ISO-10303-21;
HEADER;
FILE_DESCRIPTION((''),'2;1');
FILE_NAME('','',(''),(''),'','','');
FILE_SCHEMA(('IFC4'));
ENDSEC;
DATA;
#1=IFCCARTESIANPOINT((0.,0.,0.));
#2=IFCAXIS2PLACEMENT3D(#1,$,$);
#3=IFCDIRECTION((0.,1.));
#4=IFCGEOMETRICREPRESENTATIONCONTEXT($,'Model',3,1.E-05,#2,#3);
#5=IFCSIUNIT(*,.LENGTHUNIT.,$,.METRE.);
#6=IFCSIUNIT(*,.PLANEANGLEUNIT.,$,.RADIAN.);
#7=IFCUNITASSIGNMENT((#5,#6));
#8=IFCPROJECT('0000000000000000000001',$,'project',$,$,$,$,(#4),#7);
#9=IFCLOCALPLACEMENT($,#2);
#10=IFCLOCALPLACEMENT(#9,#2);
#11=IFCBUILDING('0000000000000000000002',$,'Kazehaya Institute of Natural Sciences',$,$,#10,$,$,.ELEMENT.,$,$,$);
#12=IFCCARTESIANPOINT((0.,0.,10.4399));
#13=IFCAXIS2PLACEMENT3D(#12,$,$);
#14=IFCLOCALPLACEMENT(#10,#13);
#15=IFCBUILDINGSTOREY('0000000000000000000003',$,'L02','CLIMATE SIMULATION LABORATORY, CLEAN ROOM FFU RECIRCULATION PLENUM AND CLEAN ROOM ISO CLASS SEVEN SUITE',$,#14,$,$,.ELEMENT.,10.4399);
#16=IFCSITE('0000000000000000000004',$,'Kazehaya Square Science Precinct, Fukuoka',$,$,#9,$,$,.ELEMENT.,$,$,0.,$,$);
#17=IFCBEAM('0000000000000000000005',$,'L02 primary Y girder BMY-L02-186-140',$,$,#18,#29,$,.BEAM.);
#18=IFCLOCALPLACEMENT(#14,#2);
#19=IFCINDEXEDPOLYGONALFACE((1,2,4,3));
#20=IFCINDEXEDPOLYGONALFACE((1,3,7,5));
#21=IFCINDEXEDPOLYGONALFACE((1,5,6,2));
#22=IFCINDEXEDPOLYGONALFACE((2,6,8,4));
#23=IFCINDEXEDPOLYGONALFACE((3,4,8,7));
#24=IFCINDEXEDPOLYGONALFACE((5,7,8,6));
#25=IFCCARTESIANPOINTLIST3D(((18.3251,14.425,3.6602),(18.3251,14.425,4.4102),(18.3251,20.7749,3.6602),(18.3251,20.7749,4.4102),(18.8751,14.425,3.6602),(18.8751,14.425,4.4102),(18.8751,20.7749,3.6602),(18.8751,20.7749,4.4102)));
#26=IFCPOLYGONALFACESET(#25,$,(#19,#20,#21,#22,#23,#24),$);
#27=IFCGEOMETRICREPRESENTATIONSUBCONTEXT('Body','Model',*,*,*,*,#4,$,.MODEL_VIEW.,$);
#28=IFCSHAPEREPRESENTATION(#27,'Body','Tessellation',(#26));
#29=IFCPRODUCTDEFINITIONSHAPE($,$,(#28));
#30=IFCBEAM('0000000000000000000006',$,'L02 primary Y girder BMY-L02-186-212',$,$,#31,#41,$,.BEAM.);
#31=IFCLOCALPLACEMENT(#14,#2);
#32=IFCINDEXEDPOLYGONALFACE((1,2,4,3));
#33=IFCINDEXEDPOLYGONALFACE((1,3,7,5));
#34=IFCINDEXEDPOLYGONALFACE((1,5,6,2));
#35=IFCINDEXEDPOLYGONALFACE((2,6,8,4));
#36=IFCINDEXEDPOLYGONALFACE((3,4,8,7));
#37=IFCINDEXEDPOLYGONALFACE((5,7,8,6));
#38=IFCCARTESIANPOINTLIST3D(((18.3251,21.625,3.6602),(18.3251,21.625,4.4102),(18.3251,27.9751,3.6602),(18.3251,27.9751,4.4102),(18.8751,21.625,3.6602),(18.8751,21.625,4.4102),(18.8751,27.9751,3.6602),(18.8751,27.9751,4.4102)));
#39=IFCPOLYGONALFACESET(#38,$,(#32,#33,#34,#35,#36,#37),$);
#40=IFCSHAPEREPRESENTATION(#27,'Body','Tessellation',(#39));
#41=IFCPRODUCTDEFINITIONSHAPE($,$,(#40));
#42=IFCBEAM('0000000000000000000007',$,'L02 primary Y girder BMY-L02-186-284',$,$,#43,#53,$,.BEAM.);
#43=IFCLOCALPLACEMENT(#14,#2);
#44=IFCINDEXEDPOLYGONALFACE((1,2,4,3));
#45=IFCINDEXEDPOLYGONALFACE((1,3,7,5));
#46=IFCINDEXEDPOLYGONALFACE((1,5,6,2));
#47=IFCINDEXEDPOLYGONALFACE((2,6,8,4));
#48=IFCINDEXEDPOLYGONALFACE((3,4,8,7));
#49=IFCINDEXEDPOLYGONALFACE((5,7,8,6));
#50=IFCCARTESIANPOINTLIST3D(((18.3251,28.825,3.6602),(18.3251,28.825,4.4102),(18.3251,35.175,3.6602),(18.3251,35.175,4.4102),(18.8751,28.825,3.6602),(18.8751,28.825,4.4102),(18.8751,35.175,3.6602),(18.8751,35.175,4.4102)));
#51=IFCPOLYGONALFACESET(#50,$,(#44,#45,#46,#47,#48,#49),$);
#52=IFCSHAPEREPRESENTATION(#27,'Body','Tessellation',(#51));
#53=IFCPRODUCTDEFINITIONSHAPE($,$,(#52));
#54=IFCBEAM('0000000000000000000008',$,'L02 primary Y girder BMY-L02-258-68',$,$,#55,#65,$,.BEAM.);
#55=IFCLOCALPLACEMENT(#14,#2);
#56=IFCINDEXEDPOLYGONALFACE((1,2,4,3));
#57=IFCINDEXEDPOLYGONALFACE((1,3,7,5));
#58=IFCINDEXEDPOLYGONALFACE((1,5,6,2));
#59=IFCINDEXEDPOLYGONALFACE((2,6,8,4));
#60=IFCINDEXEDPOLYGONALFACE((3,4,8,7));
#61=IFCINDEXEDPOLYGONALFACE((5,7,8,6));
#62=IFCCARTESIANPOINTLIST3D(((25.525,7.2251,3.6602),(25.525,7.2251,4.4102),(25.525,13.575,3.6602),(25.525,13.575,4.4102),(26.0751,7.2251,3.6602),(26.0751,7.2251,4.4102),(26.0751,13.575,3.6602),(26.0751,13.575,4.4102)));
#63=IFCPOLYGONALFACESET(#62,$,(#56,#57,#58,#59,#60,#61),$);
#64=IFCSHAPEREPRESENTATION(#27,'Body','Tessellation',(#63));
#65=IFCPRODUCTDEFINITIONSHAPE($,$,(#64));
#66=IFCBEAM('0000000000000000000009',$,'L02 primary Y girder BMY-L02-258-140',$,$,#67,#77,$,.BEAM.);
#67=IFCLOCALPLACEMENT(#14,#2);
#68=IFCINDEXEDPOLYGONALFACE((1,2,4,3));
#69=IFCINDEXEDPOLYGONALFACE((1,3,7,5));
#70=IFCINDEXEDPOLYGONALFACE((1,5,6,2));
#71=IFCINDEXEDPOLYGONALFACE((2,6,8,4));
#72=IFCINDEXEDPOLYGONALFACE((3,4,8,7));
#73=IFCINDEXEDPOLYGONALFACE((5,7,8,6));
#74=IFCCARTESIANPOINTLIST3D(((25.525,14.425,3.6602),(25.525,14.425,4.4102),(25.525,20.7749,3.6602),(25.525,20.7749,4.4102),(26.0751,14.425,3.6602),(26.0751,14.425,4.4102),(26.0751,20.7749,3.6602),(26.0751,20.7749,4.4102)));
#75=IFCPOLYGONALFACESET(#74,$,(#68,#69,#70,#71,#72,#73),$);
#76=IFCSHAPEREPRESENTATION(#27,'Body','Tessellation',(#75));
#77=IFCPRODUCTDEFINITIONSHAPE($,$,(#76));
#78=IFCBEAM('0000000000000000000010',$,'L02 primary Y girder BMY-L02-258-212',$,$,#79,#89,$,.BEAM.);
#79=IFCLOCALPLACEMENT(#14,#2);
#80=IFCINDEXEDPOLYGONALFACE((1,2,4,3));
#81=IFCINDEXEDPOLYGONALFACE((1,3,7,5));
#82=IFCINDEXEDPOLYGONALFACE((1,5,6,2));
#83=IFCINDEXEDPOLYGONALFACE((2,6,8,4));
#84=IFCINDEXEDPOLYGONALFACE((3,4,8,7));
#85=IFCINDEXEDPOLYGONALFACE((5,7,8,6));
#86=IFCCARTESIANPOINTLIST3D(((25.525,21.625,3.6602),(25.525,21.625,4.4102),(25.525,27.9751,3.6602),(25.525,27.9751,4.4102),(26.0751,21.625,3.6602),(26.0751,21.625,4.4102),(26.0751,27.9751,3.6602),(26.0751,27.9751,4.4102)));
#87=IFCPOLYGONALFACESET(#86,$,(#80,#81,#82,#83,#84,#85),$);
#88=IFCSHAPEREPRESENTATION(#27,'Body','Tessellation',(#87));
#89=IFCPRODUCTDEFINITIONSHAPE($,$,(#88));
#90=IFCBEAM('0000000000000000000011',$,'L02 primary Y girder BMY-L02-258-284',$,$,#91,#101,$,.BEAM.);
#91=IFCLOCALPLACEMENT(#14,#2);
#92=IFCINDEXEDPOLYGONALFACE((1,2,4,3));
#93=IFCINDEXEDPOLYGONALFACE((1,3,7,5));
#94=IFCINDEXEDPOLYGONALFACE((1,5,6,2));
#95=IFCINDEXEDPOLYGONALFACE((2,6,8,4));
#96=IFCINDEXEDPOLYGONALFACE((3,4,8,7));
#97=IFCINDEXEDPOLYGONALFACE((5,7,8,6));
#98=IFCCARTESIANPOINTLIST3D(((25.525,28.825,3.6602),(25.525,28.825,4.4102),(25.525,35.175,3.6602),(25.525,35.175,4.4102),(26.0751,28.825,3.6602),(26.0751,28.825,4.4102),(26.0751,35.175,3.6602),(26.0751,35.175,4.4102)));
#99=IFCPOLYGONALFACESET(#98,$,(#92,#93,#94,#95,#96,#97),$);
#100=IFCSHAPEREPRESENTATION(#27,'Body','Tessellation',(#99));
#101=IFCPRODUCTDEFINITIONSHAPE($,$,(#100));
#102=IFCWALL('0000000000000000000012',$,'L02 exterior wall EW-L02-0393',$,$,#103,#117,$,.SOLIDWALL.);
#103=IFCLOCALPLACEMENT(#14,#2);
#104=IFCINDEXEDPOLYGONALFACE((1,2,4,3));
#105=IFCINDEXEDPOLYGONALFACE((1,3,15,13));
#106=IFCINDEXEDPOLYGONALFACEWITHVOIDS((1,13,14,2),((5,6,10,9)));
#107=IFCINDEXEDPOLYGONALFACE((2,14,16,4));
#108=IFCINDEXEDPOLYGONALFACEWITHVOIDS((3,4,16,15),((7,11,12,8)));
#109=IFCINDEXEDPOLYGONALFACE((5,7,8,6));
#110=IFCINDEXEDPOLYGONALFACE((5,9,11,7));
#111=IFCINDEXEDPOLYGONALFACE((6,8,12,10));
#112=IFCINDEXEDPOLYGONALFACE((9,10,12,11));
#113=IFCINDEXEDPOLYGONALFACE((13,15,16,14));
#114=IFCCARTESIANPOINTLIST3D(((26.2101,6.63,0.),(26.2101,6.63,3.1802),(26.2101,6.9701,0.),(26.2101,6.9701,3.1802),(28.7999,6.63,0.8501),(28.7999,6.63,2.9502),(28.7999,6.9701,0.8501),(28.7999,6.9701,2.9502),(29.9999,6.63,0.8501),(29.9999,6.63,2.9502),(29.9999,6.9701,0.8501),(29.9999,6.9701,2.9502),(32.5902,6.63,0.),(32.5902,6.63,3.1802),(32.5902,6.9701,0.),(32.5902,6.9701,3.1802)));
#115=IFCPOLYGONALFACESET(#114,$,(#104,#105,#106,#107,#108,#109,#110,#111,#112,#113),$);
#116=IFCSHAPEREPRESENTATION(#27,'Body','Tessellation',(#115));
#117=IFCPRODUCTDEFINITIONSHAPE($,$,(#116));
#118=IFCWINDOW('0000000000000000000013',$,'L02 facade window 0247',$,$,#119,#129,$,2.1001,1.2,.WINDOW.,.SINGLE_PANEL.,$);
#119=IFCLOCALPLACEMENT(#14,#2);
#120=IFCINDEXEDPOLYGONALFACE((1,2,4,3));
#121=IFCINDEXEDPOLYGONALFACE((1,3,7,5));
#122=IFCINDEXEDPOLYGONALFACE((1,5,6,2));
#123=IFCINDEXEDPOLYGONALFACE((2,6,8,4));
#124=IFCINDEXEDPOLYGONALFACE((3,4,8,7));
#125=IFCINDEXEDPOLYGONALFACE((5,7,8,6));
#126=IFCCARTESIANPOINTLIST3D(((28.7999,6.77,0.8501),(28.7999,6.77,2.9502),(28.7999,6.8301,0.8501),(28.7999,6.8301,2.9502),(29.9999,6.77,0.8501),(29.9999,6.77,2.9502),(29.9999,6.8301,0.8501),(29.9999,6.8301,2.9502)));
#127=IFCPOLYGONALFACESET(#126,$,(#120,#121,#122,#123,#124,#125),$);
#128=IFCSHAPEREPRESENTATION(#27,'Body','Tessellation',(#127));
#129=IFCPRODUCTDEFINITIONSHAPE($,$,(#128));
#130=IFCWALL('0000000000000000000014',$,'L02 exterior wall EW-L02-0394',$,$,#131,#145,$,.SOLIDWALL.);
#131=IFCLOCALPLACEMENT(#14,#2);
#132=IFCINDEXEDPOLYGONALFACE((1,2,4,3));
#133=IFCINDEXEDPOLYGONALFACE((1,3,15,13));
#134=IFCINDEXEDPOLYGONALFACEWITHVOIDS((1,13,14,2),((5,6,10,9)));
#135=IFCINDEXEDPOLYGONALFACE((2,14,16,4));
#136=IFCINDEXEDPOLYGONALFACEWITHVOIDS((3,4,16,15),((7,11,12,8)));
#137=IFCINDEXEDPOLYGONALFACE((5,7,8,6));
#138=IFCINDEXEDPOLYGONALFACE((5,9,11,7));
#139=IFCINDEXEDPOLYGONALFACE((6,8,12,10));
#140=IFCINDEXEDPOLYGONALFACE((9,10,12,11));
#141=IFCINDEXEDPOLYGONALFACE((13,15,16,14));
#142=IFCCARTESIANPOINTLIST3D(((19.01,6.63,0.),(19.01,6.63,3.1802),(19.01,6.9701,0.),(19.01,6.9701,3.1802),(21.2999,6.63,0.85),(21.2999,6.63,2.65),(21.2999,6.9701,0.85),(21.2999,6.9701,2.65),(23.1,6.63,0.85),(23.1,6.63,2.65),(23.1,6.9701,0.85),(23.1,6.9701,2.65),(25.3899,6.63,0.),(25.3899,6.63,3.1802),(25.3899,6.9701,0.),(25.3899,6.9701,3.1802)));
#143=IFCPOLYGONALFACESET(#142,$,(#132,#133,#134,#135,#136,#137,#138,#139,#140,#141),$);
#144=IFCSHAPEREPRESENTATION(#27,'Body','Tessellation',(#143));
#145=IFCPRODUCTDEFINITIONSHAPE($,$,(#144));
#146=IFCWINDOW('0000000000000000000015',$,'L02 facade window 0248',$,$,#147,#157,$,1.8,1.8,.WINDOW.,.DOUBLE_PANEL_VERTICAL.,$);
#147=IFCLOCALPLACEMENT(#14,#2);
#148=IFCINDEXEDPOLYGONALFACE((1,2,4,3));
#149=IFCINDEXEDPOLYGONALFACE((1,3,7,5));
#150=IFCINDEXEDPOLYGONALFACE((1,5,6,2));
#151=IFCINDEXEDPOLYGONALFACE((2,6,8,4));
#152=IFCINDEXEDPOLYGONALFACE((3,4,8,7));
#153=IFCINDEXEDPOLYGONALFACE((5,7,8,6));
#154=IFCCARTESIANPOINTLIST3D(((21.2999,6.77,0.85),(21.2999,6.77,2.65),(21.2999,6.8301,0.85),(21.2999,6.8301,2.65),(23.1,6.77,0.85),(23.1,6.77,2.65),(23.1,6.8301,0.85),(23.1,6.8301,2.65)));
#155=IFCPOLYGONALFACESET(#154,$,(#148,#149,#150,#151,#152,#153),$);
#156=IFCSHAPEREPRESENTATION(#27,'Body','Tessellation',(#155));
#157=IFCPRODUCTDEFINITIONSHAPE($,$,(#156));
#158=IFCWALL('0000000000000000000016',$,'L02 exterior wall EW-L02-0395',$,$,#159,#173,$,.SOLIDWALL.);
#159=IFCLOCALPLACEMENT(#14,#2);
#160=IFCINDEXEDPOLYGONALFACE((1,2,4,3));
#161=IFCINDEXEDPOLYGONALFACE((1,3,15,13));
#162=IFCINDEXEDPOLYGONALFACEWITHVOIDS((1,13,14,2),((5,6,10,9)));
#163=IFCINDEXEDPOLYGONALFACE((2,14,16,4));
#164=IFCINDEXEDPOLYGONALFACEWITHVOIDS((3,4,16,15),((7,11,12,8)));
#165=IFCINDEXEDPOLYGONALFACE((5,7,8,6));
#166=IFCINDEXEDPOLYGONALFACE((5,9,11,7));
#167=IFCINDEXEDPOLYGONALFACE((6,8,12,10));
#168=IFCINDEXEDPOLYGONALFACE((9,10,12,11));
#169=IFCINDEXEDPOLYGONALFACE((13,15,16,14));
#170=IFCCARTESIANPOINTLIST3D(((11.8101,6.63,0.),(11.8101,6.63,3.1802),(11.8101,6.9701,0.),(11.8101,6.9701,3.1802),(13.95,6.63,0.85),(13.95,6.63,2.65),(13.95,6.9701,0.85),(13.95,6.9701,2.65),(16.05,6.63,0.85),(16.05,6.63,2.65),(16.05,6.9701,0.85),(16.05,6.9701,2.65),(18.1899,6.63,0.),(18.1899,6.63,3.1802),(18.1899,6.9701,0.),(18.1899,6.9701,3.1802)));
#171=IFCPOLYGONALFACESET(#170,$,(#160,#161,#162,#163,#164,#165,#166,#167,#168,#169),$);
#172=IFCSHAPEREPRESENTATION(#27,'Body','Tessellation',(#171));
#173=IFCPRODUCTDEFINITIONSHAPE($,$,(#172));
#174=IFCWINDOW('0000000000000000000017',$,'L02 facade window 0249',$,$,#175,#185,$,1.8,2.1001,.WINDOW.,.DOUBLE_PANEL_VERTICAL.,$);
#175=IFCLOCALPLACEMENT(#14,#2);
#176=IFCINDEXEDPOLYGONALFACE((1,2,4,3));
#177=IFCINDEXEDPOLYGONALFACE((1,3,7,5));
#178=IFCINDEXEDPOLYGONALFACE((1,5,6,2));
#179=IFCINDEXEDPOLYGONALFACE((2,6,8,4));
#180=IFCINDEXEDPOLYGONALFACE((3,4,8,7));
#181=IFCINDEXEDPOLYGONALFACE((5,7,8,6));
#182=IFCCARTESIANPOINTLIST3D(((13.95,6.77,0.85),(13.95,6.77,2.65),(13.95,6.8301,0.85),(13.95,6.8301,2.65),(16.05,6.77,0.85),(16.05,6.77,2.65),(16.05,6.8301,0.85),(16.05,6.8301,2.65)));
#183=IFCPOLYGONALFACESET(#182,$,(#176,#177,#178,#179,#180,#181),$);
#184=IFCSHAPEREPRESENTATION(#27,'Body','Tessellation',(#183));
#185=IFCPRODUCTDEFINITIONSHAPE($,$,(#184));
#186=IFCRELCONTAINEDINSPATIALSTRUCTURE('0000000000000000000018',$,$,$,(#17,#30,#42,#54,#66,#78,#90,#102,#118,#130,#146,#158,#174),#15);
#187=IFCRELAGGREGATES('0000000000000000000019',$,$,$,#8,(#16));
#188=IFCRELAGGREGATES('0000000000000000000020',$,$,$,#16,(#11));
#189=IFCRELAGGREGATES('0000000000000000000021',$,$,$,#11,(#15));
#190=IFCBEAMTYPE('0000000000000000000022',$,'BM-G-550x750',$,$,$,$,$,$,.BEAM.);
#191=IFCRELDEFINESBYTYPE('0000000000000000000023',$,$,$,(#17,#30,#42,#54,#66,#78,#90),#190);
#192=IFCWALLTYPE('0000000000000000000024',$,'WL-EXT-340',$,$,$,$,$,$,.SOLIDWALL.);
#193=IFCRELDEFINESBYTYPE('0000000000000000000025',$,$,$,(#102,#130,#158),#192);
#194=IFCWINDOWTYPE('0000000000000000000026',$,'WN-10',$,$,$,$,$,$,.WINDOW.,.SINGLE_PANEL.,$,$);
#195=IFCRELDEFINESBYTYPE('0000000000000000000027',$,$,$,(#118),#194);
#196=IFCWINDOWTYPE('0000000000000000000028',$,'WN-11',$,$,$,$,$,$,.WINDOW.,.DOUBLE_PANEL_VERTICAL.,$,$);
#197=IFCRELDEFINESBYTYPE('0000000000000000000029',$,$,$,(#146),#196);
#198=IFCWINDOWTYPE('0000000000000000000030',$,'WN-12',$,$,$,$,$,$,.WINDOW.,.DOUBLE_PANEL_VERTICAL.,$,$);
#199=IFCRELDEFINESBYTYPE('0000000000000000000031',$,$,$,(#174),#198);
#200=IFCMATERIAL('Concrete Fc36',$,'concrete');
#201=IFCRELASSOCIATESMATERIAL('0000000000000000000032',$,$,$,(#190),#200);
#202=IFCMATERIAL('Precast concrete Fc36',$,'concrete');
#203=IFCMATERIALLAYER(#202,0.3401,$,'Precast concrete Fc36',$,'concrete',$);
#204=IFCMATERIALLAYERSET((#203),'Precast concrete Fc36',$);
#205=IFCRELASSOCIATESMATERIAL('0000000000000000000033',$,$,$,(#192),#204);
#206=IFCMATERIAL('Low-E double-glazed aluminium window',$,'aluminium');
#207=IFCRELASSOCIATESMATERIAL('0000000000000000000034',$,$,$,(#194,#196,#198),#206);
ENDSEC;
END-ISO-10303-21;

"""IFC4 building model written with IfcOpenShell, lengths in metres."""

from ifc_helpers import new_model, si_unit, direction, frame, frame_2d, origin, origin_2d, place, context, subcontext, project, spatial, rectangle, extrude, material, layer, layer_set, material_profile, profile_set, type_object, element, fill, save


model = new_model("IFC4")

# Units and contexts
model_context = context("Model", 3, precision=1e-05, world=origin(), true_north=direction((0.0, 1.0)))
body_context = subcontext(model_context, "Body", "Model", "MODEL_VIEW")
ifc_project = project(units=[si_unit("LENGTHUNIT", "METRE"), si_unit("PLANEANGLEUNIT", "RADIAN")], contexts=[model_context])

# Site, building, storey
site_placement = place(None, origin())
site = spatial("IfcSite", under=ifc_project, at=site_placement, Name="Kazehaya Square Science Precinct, Fukuoka", CompositionType="ELEMENT", RefElevation=0.0)
building_placement = place(site_placement, origin())
building = spatial("IfcBuilding", under=site, at=building_placement, Name="Kazehaya Institute of Natural Sciences", CompositionType="ELEMENT")
storey_placement = place(building_placement, frame((0.0, 0.0, 10.4399)))
storey = spatial("IfcBuildingStorey", under=building, at=storey_placement, Name="L02", Description="CLIMATE SIMULATION LABORATORY, CLEAN ROOM FFU RECIRCULATION PLENUM AND CLEAN ROOM ISO CLASS SEVEN SUITE", CompositionType="ELEMENT", Elevation=10.4399)

# Beams
ifc_material_1 = material(Name="Concrete Fc36", Category="concrete")
ifc_material_profile_1 = material_profile(ifc_material_1, rectangle(XDim=0.55, YDim=0.75, at=origin_2d()), Name="RC-550x750")
ifc_profile_set_1 = profile_set([ifc_material_profile_1], Name="Concrete Fc36")
beam_type = type_object("IfcBeamType", Name="BM-G-550x750", PredefinedType="BEAM", material=ifc_profile_set_1)
for number, where, z_axis, x_axis, name in (
    (1, (18.6001, 14.425, 4.0352), (0.0, 1.0, 0.0), (-1.0, 0.0, 0.0), "L02 primary Y girder BMY-L02-186-140"),
):
    element("IfcBeam", number, at=place(storey_placement, frame(where, z_axis=z_axis, x_axis=x_axis)), inside=storey, type_object=beam_type, Name=name, PredefinedType="BEAM", context=body_context, shape_type="SweptSolid", body=[
        extrude(rectangle(XDim=0.55, YDim=0.75, at=origin_2d()), origin(), (0.0, 0.0, 1.0), 6.3499),
    ])
for number, where, z_axis, x_axis, name in (
    (2, (18.6001, 21.625, 4.0352), (0.0, 1.0, 0.0), (-1.0, 0.0, 0.0), "L02 primary Y girder BMY-L02-186-212"),
    (3, (18.6001, 28.825, 4.0352), (0.0, 1.0, 0.0), (-1.0, 0.0, 0.0), "L02 primary Y girder BMY-L02-186-284"),
):
    element("IfcBeam", number, at=place(storey_placement, frame(where, z_axis=z_axis, x_axis=x_axis)), inside=storey, type_object=beam_type, Name=name, PredefinedType="BEAM", context=body_context, shape_type="SweptSolid", body=[
        extrude(rectangle(XDim=0.55, YDim=0.75, at=origin_2d()), origin(), (0.0, 0.0, 1.0), 6.3501),
    ])
for number, where, z_axis, x_axis, name in (
    (4, (25.8, 7.2251, 4.0352), (0.0, 1.0, 0.0), (-1.0, 0.0, 0.0), "L02 primary Y girder BMY-L02-258-68"),
    (5, (25.8, 14.425, 4.0352), (0.0, 1.0, 0.0), (-1.0, 0.0, 0.0), "L02 primary Y girder BMY-L02-258-140"),
):
    element("IfcBeam", number, at=place(storey_placement, frame(where, z_axis=z_axis, x_axis=x_axis)), inside=storey, type_object=beam_type, Name=name, PredefinedType="BEAM", context=body_context, shape_type="SweptSolid", body=[
        extrude(rectangle(XDim=0.55, YDim=0.75, at=origin_2d()), origin(), (0.0, 0.0, 1.0), 6.3499),
    ])
for number, where, z_axis, x_axis, name in (
    (6, (25.8, 21.625, 4.0352), (0.0, 1.0, 0.0), (-1.0, 0.0, 0.0), "L02 primary Y girder BMY-L02-258-212"),
    (7, (25.8, 28.825, 4.0352), (0.0, 1.0, 0.0), (-1.0, 0.0, 0.0), "L02 primary Y girder BMY-L02-258-284"),
):
    element("IfcBeam", number, at=place(storey_placement, frame(where, z_axis=z_axis, x_axis=x_axis)), inside=storey, type_object=beam_type, Name=name, PredefinedType="BEAM", context=body_context, shape_type="SweptSolid", body=[
        extrude(rectangle(XDim=0.55, YDim=0.75, at=origin_2d()), origin(), (0.0, 0.0, 1.0), 6.3501),
    ])

# Walls, openings, windows
ifc_material_2 = material(Name="Precast concrete Fc36", Category="concrete")
ifc_layer_1 = layer(ifc_material_2, 0.3401, Name="Precast concrete Fc36", Category="concrete")
ifc_layer_set_1 = layer_set([ifc_layer_1], Name="Precast concrete Fc36")
wall_type_1 = type_object("IfcWallType", Name="WL-EXT-340", PredefinedType="SOLIDWALL", material=ifc_layer_set_1)
wall_1_placement = place(storey_placement, frame((32.5901, 6.8, 0.0), z_axis=(0.0, 0.0, 1.0), x_axis=(-1.0, 0.0, 0.0)))
wall_1 = element("IfcWall", 8, at=wall_1_placement, inside=storey, type_object=wall_type_1, Name="L02 exterior wall EW-L02-0393", PredefinedType="SOLIDWALL", context=body_context, shape_type="SweptSolid", body=[
    extrude(rectangle(XDim=6.3801, YDim=0.3401, at=frame_2d((3.1899, 0.0))), origin(), (0.0, 0.0, 1.0), 3.1802),
])
opening_1_placement = place(wall_1_placement, frame((2.5901, 0.0, 0.8501)))
opening_1 = element("IfcOpeningElement", 9, at=opening_1_placement, cuts=wall_1, PredefinedType="OPENING", context=body_context, shape_type="SweptSolid", body=[
    extrude(rectangle(XDim=1.2, YDim=2.1001, at=frame_2d((0.6001, 1.05))), frame((0.0, 0.1799, 0.0), z_axis=(0.0, -1.0, 0.0), x_axis=(1.0, 0.0, 0.0)), (0.0, 0.0, 1.0), 0.3601),
])
ifc_material_3 = material(Name="Low-E double-glazed aluminium window", Category="aluminium")
window_type_1 = type_object("IfcWindowType", Name="WN-10", PartitioningType="SINGLE_PANEL", PredefinedType="WINDOW", material=ifc_material_3)
window_1_placement = place(opening_1_placement, origin())
window_1 = element("IfcWindow", 10, at=window_1_placement, inside=storey, type_object=window_type_1, Name="L02 facade window 0247", OverallHeight=2.1001, OverallWidth=1.2, PartitioningType="SINGLE_PANEL", PredefinedType="WINDOW", context=body_context, shape_type="SweptSolid", body=[
    extrude(rectangle(XDim=1.2, YDim=2.1001, at=frame_2d((0.6001, 1.05))), frame((0.0, 0.03, 0.0), z_axis=(0.0, -1.0, 0.0), x_axis=(1.0, 0.0, 0.0)), (0.0, 0.0, 1.0), 0.0601),
])
fill(opening_1, window_1)
wall_2_placement = place(storey_placement, frame((25.3899, 6.8, 0.0), z_axis=(0.0, 0.0, 1.0), x_axis=(-1.0, 0.0, 0.0)))
wall_2 = element("IfcWall", 11, at=wall_2_placement, inside=storey, type_object=wall_type_1, Name="L02 exterior wall EW-L02-0394", PredefinedType="SOLIDWALL", context=body_context, shape_type="SweptSolid", body=[
    extrude(rectangle(XDim=6.3799, YDim=0.3401, at=frame_2d((3.1899, 0.0))), origin(), (0.0, 0.0, 1.0), 3.1802),
])
opening_2_placement = place(wall_2_placement, frame((2.29, 0.0, 0.8501)))
opening_2 = element("IfcOpeningElement", 12, at=opening_2_placement, cuts=wall_2, PredefinedType="OPENING", context=body_context, shape_type="SweptSolid", body=[
    extrude(rectangle(XDim=1.8, YDim=1.8, at=frame_2d((0.8999, 0.8999))), frame((0.0, 0.1799, 0.0), z_axis=(0.0, -1.0, 0.0), x_axis=(1.0, 0.0, 0.0)), (0.0, 0.0, 1.0), 0.3601),
])
window_type_2 = type_object("IfcWindowType", Name="WN-11", PartitioningType="DOUBLE_PANEL_VERTICAL", PredefinedType="WINDOW", material=ifc_material_3)
window_2_placement = place(opening_2_placement, origin())
window_2 = element("IfcWindow", 13, at=window_2_placement, inside=storey, type_object=window_type_2, Name="L02 facade window 0248", OverallHeight=1.8, OverallWidth=1.8, PartitioningType="DOUBLE_PANEL_VERTICAL", PredefinedType="WINDOW", context=body_context, shape_type="SweptSolid", body=[
    extrude(rectangle(XDim=1.8, YDim=1.8, at=frame_2d((0.8999, 0.8999))), frame((0.0, 0.03, 0.0), z_axis=(0.0, -1.0, 0.0), x_axis=(1.0, 0.0, 0.0)), (0.0, 0.0, 1.0), 0.0601),
])
fill(opening_2, window_2)
wall_3_placement = place(storey_placement, frame((18.1899, 6.8, 0.0), z_axis=(0.0, 0.0, 1.0), x_axis=(-1.0, 0.0, 0.0)))
wall_3 = element("IfcWall", 14, at=wall_3_placement, inside=storey, type_object=wall_type_1, Name="L02 exterior wall EW-L02-0395", PredefinedType="SOLIDWALL", context=body_context, shape_type="SweptSolid", body=[
    extrude(rectangle(XDim=6.3799, YDim=0.3401, at=frame_2d((3.1899, 0.0))), origin(), (0.0, 0.0, 1.0), 3.1802),
])
opening_3_placement = place(wall_3_placement, frame((2.1399, 0.0, 0.8501)))
opening_3 = element("IfcOpeningElement", 15, at=opening_3_placement, cuts=wall_3, PredefinedType="OPENING", context=body_context, shape_type="SweptSolid", body=[
    extrude(rectangle(XDim=2.1001, YDim=1.8, at=frame_2d((1.05, 0.8999))), frame((0.0, 0.1799, 0.0), z_axis=(0.0, -1.0, 0.0), x_axis=(1.0, 0.0, 0.0)), (0.0, 0.0, 1.0), 0.3601),
])
window_type_3 = type_object("IfcWindowType", Name="WN-12", PartitioningType="DOUBLE_PANEL_VERTICAL", PredefinedType="WINDOW", material=ifc_material_3)
window_3_placement = place(opening_3_placement, origin())
window_3 = element("IfcWindow", 16, at=window_3_placement, inside=storey, type_object=window_type_3, Name="L02 facade window 0249", OverallHeight=1.8, OverallWidth=2.1001, PartitioningType="DOUBLE_PANEL_VERTICAL", PredefinedType="WINDOW", context=body_context, shape_type="SweptSolid", body=[
    extrude(rectangle(XDim=2.1001, YDim=1.8, at=frame_2d((1.05, 0.8999))), frame((0.0, 0.03, 0.0), z_axis=(0.0, -1.0, 0.0), x_axis=(1.0, 0.0, 0.0)), (0.0, 0.0, 1.0), 0.0601),
])
fill(opening_3, window_3)

save(model, "model.ifc")
